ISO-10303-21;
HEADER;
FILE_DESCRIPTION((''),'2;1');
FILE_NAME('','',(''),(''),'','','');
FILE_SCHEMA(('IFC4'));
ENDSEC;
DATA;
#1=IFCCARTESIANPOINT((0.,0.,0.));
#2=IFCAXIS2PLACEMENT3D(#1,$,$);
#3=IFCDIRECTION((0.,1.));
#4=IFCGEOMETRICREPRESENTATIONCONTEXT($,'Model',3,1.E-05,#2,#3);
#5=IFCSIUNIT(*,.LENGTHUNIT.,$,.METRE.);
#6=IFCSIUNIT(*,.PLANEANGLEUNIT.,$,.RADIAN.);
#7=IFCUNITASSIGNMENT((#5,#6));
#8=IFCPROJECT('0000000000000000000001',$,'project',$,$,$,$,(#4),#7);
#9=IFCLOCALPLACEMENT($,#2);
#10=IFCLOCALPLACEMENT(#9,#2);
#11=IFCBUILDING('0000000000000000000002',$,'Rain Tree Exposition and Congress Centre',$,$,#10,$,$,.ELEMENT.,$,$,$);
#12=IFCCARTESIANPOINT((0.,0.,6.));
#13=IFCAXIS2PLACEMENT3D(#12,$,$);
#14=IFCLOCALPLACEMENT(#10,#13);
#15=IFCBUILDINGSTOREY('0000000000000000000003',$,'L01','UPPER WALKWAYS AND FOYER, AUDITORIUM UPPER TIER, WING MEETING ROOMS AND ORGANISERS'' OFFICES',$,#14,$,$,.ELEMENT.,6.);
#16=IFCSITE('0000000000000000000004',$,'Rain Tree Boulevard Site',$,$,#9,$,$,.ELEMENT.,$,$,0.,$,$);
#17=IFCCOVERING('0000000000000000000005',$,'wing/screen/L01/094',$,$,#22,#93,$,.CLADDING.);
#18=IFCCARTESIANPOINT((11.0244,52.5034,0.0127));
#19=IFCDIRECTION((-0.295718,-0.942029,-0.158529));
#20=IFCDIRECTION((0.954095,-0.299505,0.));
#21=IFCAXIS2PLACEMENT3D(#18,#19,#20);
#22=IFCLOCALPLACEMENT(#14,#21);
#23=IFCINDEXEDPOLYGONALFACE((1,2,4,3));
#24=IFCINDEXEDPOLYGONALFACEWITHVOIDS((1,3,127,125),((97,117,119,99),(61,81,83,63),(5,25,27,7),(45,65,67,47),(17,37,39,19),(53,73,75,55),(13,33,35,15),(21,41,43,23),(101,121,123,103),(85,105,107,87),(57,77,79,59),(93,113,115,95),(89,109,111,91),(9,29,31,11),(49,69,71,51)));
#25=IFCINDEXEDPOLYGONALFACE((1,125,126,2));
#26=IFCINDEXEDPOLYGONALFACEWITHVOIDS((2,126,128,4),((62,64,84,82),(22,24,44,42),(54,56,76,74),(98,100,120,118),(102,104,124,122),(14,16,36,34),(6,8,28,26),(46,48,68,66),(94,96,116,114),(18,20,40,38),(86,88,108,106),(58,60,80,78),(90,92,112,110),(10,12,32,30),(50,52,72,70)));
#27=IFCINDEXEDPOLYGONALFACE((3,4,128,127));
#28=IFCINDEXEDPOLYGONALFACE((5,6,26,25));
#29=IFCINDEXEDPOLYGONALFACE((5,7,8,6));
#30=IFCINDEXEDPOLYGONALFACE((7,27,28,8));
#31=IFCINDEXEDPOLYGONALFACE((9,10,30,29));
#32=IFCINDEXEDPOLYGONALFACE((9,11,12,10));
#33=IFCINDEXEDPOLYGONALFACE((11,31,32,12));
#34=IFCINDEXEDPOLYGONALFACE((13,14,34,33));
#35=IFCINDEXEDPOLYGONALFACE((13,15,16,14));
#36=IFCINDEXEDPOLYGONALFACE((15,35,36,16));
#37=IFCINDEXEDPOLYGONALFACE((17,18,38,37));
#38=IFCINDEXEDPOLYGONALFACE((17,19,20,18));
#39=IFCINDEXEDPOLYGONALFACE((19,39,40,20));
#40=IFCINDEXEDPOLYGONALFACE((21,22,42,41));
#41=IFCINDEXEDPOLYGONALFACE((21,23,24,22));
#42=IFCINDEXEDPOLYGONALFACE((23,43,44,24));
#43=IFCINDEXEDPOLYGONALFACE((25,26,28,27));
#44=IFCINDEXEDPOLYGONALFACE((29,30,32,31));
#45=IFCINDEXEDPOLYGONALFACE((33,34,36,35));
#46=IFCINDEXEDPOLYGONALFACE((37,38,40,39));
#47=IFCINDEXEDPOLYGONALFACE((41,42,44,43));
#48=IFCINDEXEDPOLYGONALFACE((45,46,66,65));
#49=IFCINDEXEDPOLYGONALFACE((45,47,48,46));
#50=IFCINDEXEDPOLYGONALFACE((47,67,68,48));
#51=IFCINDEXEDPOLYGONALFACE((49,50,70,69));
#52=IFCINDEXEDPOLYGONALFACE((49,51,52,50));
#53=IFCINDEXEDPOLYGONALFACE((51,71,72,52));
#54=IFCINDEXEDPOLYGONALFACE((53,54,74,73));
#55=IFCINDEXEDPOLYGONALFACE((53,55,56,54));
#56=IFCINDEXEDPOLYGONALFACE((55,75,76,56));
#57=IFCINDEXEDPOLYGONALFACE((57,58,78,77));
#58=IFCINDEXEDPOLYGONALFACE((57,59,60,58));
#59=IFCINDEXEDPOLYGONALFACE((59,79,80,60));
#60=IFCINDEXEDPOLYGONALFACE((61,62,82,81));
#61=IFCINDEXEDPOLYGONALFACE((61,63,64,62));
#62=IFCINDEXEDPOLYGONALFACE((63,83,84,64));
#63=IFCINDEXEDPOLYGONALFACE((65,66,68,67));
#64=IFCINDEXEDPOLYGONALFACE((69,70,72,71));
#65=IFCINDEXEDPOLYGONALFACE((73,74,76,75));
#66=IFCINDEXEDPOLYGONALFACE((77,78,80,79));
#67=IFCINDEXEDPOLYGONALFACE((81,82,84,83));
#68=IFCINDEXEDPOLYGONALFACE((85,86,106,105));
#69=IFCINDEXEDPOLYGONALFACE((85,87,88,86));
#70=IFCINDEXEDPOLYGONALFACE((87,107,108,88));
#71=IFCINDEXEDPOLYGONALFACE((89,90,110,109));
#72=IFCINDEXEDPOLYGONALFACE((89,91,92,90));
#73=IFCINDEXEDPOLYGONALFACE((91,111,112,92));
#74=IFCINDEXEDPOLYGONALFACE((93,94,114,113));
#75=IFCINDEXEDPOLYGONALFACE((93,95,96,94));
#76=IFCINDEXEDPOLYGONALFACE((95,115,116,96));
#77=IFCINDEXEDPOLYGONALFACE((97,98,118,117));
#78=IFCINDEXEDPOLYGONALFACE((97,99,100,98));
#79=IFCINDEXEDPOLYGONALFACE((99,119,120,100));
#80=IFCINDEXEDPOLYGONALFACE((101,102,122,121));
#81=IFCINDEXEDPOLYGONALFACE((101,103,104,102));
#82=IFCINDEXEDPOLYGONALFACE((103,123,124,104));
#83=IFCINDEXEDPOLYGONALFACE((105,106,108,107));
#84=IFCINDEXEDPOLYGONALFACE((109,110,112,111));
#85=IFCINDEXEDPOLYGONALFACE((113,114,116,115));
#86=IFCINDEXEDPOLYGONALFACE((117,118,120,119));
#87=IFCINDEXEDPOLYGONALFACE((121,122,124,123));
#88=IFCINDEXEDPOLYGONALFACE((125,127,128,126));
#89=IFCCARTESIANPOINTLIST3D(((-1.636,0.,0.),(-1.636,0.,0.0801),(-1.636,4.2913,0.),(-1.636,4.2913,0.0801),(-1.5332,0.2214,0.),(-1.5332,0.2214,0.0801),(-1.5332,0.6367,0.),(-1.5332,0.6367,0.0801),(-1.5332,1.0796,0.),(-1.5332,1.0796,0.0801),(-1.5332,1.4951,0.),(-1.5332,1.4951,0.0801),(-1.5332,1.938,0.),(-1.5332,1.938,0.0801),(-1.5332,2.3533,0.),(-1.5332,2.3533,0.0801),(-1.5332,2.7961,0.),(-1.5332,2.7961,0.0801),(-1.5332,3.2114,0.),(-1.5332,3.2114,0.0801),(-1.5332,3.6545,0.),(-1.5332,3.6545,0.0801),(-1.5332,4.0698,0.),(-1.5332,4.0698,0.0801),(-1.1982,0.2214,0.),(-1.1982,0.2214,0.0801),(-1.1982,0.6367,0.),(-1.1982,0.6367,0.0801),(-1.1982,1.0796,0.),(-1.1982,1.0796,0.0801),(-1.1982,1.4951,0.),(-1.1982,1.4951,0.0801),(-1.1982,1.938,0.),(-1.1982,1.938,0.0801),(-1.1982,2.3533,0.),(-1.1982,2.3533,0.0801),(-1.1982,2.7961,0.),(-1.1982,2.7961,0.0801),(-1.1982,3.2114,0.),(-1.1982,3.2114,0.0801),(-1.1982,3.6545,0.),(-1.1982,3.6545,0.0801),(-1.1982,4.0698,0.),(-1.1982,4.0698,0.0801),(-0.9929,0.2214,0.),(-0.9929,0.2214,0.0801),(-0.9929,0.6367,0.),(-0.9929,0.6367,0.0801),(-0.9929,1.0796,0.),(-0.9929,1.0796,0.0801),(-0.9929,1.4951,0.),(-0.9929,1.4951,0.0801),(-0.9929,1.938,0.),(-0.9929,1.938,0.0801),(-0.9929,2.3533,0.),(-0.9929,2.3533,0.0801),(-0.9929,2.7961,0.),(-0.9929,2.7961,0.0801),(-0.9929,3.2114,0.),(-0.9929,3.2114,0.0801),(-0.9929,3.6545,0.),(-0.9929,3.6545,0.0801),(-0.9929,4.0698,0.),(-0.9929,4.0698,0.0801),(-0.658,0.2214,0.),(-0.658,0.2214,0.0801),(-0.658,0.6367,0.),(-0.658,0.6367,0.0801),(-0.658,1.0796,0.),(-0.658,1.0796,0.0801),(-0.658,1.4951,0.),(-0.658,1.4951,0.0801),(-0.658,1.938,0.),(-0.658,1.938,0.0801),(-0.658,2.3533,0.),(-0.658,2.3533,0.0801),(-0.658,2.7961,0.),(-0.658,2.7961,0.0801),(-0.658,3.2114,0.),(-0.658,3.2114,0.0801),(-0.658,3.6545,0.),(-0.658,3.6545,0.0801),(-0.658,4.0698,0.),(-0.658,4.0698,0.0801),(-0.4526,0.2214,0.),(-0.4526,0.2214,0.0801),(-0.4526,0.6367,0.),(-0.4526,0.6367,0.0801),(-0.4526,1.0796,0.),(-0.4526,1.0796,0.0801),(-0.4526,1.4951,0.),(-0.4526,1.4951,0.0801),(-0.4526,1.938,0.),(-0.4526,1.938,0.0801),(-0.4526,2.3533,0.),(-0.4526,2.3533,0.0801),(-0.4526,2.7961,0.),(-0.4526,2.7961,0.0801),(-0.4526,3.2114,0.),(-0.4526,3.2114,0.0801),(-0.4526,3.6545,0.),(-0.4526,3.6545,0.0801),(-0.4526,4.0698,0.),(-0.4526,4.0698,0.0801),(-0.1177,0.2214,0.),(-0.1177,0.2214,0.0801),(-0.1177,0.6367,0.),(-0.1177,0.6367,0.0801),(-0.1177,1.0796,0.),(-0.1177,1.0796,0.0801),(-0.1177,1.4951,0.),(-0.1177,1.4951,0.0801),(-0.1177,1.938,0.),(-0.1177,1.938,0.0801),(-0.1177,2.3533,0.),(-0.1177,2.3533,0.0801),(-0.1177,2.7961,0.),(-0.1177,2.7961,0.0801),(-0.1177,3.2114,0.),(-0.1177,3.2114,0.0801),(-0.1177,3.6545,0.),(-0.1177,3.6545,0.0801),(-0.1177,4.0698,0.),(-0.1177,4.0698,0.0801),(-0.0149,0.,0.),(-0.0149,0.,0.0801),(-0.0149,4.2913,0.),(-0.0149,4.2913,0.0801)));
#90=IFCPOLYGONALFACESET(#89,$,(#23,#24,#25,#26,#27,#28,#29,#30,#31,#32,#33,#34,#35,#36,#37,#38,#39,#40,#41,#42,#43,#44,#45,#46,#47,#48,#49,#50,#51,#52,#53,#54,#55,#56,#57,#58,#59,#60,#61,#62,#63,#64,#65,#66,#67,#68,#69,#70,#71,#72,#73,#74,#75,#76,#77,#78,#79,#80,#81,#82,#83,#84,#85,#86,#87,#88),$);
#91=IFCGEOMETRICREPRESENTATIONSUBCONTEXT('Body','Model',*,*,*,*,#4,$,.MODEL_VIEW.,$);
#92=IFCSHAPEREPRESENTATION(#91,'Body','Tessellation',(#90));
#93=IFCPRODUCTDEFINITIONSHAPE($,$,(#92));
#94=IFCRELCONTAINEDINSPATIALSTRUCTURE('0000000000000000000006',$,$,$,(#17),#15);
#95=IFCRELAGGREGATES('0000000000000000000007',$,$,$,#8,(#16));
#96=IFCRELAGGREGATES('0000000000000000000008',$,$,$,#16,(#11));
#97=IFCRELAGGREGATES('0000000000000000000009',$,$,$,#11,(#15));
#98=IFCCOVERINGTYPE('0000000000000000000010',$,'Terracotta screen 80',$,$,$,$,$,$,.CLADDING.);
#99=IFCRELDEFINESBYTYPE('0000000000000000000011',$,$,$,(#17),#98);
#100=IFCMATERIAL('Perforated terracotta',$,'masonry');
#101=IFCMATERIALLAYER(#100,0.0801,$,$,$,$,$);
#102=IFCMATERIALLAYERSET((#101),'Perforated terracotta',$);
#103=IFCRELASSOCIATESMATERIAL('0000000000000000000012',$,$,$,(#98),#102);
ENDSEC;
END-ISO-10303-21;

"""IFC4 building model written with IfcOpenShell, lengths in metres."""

from ifc_helpers import new_model, si_unit, direction, frame, origin, place, context, subcontext, project, spatial, polyline, outline, extrude, material, layer, layer_set, type_object, element, save


model = new_model("IFC4")

# Units and contexts
model_context = context("Model", 3, precision=1e-05, world=origin(), true_north=direction((0.0, 1.0)))
body_context = subcontext(model_context, "Body", "Model", "MODEL_VIEW")
ifc_project = project(units=[si_unit("LENGTHUNIT", "METRE"), si_unit("PLANEANGLEUNIT", "RADIAN")], contexts=[model_context])

# Site, building, storey
site_placement = place(None, origin())
site = spatial("IfcSite", under=ifc_project, at=site_placement, Name="Rain Tree Boulevard Site", CompositionType="ELEMENT", RefElevation=0.0)
building_placement = place(site_placement, origin())
building = spatial("IfcBuilding", under=site, at=building_placement, Name="Rain Tree Exposition and Congress Centre", CompositionType="ELEMENT")
storey_placement = place(building_placement, frame((0.0, 0.0, 6.0)))
storey = spatial("IfcBuildingStorey", under=building, at=storey_placement, Name="L01", Description="UPPER WALKWAYS AND FOYER, AUDITORIUM UPPER TIER, WING MEETING ROOMS AND ORGANISERS' OFFICES", CompositionType="ELEMENT", Elevation=6.0)

# Covering
ifc_material_1 = material(Name="Perforated terracotta", Category="masonry")
ifc_layer_1 = layer(ifc_material_1, 0.0801)
ifc_layer_set_1 = layer_set([ifc_layer_1], Name="Perforated terracotta")
covering_type = type_object("IfcCoveringType", Name="Terracotta screen 80", PredefinedType="CLADDING", material=ifc_layer_set_1)
covering_1_placement = place(storey_placement, frame((11.0244, 52.5034, 0.0127), z_axis=(-0.295718, -0.942029, -0.158529), x_axis=(0.954095, -0.299505, 0.0)))
element("IfcCovering", 1, at=covering_1_placement, inside=storey, type_object=covering_type, Name="wing/screen/L01/094", PredefinedType="CLADDING", context=body_context, shape_type="SweptSolid", body=[
    extrude(outline(polyline([(-1.636, 0.0), (-1.636, 4.2913), (-0.0149, 4.2913), (-0.0149, 0.0), (-1.636, 0.0)]), holes=[polyline([(-0.1177, 0.2214), (-0.1177, 0.6367), (-0.4526, 0.6367), (-0.4526, 0.2214), (-0.1177, 0.2214)]), polyline([(-0.1177, 1.0796), (-0.1177, 1.4951), (-0.4526, 1.4951), (-0.4526, 1.0796), (-0.1177, 1.0796)]), polyline([(-0.1177, 1.938), (-0.1177, 2.3533), (-0.4526, 2.3533), (-0.4526, 1.938), (-0.1177, 1.938)]), polyline([(-0.1177, 2.7961), (-0.1177, 3.2114), (-0.4526, 3.2114), (-0.4526, 2.7961), (-0.1177, 2.7961)]), polyline([(-0.1177, 3.6545), (-0.1177, 4.0698), (-0.4526, 4.0698), (-0.4526, 3.6545), (-0.1177, 3.6545)]), polyline([(-0.658, 0.2214), (-0.658, 0.6367), (-0.9929, 0.6367), (-0.9929, 0.2214), (-0.658, 0.2214)]), polyline([(-0.658, 1.0796), (-0.658, 1.4951), (-0.9929, 1.4951), (-0.9929, 1.0796), (-0.658, 1.0796)]), polyline([(-0.658, 1.938), (-0.658, 2.3533), (-0.9929, 2.3533), (-0.9929, 1.938), (-0.658, 1.938)]), polyline([(-0.658, 2.7961), (-0.658, 3.2114), (-0.9929, 3.2114), (-0.9929, 2.7961), (-0.658, 2.7961)]), polyline([(-0.658, 3.6545), (-0.658, 4.0698), (-0.9929, 4.0698), (-0.9929, 3.6545), (-0.658, 3.6545)]), polyline([(-1.1982, 0.2214), (-1.1982, 0.6367), (-1.5332, 0.6367), (-1.5332, 0.2214), (-1.1982, 0.2214)]), polyline([(-1.1982, 1.0796), (-1.1982, 1.4951), (-1.5332, 1.4951), (-1.5332, 1.0796), (-1.1982, 1.0796)]), polyline([(-1.1982, 1.938), (-1.1982, 2.3533), (-1.5332, 2.3533), (-1.5332, 1.938), (-1.1982, 1.938)]), polyline([(-1.1982, 2.7961), (-1.1982, 3.2114), (-1.5332, 3.2114), (-1.5332, 2.7961), (-1.1982, 2.7961)]), polyline([(-1.1982, 3.6545), (-1.1982, 4.0698), (-1.5332, 4.0698), (-1.5332, 3.6545), (-1.1982, 3.6545)])]), origin(), (0.0, 0.0, 1.0), 0.0801),
])

save(model, "model.ifc")
